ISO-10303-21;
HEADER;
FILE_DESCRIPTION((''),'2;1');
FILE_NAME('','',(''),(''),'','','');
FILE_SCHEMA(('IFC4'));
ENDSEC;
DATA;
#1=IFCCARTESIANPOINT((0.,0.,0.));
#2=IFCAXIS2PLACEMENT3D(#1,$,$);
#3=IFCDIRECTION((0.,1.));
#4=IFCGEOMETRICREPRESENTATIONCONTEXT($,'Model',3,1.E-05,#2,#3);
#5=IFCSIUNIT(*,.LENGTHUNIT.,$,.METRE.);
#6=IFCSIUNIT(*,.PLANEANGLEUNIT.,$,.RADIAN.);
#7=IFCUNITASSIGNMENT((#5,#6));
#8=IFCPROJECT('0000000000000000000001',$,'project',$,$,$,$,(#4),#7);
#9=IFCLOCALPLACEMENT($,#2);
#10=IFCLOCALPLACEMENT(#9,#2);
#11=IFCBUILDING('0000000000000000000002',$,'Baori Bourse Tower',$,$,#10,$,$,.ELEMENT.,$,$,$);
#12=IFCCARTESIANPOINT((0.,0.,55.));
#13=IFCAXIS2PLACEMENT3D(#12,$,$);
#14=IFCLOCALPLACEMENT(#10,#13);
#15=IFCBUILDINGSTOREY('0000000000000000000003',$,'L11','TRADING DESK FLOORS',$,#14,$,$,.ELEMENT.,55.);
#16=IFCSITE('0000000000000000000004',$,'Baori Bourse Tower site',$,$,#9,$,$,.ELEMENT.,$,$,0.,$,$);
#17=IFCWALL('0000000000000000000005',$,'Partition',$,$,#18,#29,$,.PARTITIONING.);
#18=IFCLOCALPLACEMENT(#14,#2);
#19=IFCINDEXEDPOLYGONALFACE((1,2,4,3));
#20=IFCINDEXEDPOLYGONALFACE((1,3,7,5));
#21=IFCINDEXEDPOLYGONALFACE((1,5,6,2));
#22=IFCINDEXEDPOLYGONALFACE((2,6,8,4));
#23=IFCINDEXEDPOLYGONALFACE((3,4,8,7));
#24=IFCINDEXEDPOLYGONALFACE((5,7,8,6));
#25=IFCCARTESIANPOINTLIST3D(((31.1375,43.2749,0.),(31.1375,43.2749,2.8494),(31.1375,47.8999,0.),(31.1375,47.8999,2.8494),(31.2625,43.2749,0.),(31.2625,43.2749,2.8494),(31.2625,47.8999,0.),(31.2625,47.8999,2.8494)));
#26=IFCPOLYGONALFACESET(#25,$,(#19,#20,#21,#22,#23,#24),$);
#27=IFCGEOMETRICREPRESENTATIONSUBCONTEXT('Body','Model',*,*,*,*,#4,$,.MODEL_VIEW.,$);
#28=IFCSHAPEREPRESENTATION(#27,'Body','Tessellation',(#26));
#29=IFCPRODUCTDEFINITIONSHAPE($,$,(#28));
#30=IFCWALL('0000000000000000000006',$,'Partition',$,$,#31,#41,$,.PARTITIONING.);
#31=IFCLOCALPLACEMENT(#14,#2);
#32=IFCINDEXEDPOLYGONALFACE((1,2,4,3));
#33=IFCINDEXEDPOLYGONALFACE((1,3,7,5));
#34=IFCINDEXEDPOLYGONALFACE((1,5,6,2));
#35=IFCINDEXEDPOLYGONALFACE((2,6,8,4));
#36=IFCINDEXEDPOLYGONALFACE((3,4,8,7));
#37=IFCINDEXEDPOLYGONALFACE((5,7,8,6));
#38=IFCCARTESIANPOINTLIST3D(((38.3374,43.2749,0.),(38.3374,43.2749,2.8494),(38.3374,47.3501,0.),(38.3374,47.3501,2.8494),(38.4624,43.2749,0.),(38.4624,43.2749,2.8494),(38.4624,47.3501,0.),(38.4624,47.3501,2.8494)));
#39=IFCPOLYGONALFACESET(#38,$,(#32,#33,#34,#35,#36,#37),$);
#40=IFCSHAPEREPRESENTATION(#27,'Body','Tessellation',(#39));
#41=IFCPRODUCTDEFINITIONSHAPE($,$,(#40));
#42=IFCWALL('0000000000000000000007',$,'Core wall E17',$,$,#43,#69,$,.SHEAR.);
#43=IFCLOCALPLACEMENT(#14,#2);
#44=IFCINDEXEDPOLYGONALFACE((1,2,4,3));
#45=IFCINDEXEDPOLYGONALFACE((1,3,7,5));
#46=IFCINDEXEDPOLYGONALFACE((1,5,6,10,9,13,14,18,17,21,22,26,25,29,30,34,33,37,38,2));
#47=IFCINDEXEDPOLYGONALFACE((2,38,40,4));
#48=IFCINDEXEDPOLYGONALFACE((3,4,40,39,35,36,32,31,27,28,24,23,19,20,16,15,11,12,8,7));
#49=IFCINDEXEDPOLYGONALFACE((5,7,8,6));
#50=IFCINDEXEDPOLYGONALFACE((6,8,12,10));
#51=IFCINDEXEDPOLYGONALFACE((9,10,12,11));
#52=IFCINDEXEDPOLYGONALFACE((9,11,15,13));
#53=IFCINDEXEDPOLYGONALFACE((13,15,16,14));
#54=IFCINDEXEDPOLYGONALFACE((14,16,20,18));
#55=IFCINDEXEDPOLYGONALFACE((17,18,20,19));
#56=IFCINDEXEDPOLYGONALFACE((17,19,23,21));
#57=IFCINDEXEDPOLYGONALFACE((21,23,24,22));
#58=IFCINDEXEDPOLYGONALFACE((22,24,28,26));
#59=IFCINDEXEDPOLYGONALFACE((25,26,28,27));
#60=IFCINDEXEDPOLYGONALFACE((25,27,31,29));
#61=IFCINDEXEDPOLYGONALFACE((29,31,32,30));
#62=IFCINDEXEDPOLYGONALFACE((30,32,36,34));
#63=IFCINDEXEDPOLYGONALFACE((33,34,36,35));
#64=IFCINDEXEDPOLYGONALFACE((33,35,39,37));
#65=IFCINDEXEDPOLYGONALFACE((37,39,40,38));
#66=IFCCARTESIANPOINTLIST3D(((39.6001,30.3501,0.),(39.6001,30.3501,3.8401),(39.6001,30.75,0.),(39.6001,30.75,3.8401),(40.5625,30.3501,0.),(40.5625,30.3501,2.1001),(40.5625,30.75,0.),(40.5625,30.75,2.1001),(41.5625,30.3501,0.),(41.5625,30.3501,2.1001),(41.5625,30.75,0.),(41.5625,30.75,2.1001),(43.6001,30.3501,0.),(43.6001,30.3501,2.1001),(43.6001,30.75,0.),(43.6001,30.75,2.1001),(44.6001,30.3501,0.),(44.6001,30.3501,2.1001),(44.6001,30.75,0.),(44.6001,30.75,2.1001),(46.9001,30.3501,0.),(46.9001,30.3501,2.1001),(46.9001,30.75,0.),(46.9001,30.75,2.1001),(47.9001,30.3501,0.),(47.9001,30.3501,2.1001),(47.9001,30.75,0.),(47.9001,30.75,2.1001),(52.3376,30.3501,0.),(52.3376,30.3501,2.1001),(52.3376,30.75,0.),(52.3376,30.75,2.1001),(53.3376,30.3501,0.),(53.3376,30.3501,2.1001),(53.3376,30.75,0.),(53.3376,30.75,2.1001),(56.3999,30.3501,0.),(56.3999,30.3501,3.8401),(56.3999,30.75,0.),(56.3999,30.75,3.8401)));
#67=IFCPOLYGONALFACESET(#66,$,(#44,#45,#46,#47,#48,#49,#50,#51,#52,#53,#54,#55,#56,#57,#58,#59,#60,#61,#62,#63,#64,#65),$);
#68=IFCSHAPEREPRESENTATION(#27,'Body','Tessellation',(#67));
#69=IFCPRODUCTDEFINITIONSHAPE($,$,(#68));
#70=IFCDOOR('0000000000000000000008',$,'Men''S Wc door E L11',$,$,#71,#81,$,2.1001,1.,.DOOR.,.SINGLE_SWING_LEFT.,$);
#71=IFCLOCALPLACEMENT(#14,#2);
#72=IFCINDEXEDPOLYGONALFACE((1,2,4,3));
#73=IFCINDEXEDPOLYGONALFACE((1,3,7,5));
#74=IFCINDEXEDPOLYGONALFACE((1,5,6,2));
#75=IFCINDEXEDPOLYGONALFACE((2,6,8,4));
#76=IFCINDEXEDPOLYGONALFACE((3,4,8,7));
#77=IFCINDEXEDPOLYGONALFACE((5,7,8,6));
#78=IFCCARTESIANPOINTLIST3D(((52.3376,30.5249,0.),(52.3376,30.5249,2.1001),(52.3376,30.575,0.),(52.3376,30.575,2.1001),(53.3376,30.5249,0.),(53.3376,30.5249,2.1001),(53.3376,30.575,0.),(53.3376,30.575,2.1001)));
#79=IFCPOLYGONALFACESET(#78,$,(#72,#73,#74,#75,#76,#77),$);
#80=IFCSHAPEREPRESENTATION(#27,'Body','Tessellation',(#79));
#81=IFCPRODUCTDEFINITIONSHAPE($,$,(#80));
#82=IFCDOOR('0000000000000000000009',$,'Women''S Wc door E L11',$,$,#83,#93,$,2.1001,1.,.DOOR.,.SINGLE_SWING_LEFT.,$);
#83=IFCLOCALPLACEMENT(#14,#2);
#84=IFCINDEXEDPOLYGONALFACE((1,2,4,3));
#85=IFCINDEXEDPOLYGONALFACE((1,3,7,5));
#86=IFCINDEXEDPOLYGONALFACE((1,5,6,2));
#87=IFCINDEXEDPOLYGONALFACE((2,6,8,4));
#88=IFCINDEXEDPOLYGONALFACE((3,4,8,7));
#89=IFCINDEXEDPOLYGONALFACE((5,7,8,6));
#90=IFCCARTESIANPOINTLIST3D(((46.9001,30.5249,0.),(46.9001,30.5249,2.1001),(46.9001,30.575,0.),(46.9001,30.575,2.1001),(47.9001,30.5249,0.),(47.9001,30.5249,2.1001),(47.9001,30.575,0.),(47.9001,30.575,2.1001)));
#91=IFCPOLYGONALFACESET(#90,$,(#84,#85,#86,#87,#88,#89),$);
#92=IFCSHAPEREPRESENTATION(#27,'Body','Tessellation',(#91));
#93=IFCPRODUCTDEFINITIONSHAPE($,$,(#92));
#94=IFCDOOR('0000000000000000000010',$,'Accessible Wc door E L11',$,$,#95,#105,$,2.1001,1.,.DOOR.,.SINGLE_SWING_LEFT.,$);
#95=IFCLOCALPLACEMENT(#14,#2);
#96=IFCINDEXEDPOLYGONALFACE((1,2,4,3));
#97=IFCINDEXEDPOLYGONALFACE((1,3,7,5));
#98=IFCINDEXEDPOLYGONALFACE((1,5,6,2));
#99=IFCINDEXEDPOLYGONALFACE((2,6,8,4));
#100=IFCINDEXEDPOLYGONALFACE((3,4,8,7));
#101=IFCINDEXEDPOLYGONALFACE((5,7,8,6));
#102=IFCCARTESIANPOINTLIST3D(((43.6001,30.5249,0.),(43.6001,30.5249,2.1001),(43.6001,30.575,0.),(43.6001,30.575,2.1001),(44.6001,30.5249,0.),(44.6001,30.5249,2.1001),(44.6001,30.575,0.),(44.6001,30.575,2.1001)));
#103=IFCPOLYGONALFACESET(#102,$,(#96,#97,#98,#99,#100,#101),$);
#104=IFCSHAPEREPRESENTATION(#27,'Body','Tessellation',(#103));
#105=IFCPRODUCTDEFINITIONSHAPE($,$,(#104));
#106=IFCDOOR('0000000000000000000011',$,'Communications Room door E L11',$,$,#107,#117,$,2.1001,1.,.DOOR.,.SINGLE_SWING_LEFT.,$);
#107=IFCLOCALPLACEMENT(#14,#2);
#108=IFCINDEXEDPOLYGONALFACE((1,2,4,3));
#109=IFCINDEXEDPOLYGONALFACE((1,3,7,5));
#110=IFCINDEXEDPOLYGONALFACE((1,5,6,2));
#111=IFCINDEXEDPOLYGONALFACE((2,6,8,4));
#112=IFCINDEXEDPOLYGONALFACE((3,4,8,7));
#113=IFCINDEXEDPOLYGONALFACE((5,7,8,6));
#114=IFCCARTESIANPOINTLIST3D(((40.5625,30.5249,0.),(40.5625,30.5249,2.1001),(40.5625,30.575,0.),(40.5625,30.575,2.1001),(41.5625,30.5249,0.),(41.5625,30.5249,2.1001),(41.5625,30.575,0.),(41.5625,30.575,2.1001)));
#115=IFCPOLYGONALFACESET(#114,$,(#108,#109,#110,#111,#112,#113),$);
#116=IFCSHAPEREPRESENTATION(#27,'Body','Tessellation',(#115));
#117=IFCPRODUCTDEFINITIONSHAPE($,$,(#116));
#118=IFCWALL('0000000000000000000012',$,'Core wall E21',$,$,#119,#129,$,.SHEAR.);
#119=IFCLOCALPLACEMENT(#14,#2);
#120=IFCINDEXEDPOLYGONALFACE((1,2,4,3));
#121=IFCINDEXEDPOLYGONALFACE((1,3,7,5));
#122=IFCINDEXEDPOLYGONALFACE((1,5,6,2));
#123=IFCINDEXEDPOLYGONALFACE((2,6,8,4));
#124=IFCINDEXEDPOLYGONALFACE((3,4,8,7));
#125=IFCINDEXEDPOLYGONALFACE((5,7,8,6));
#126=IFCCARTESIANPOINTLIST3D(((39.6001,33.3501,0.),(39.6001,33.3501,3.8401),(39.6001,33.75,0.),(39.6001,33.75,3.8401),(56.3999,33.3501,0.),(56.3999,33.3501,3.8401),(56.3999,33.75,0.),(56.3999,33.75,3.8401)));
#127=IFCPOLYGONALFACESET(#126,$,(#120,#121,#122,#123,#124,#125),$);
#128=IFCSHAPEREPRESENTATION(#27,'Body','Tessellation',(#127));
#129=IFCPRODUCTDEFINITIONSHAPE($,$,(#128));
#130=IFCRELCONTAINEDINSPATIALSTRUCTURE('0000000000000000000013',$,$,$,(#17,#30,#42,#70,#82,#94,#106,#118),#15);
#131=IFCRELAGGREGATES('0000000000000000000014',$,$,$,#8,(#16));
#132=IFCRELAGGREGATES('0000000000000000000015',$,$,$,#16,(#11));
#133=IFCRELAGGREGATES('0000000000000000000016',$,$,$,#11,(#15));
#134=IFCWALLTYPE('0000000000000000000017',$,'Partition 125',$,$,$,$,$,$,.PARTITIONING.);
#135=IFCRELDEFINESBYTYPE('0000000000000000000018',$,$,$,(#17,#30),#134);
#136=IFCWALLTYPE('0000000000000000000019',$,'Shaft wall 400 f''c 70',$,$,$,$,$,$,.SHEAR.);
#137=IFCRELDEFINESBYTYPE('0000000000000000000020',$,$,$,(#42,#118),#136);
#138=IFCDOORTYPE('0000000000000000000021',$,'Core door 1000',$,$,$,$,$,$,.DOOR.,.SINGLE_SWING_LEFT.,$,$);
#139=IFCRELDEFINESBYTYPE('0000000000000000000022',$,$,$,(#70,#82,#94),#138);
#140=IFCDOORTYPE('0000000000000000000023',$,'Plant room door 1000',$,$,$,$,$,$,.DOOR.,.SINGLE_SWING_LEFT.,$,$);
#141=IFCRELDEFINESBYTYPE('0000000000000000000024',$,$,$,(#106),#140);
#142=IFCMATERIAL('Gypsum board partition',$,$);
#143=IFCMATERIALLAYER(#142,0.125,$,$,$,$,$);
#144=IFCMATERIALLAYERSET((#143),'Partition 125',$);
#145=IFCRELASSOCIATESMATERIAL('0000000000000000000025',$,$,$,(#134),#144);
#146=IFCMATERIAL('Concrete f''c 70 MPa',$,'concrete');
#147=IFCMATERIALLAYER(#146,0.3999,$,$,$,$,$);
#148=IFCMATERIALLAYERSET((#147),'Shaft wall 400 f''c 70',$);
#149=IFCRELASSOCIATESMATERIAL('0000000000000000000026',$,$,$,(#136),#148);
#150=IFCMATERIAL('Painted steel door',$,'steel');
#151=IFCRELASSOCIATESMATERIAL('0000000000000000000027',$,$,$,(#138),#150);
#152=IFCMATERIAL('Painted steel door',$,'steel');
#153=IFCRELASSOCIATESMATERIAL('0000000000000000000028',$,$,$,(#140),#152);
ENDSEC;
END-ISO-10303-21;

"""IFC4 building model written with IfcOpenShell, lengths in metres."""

from ifc_helpers import new_model, si_unit, direction, frame, frame_2d, origin, place, context, subcontext, project, spatial, rectangle, extrude, material, layer, layer_set, type_object, element, fill, save


model = new_model("IFC4")

# Units and contexts
model_context = context("Model", 3, precision=1e-05, world=origin(), true_north=direction((0.0, 1.0)))
body_context = subcontext(model_context, "Body", "Model", "MODEL_VIEW")
ifc_project = project(units=[si_unit("LENGTHUNIT", "METRE"), si_unit("PLANEANGLEUNIT", "RADIAN")], contexts=[model_context])

# Site, building, storey
site_placement = place(None, origin())
site = spatial("IfcSite", under=ifc_project, at=site_placement, Name="Baori Bourse Tower site", CompositionType="ELEMENT", RefElevation=0.0)
building_placement = place(site_placement, origin())
building = spatial("IfcBuilding", under=site, at=building_placement, Name="Baori Bourse Tower", CompositionType="ELEMENT")
storey_placement = place(building_placement, frame((0.0, 0.0, 55.0)))
storey = spatial("IfcBuildingStorey", under=building, at=storey_placement, Name="L11", Description="TRADING DESK FLOORS", CompositionType="ELEMENT", Elevation=55.0)

# Walls
ifc_material_1 = material(Name="Gypsum board partition")
ifc_layer_1 = layer(ifc_material_1, 0.125)
ifc_layer_set_1 = layer_set([ifc_layer_1], Name="Partition 125")
wall_type_1 = type_object("IfcWallType", Name="Partition 125", PredefinedType="PARTITIONING", material=ifc_layer_set_1)
wall_1_placement = place(storey_placement, frame((31.2, 43.2749, 0.0), z_axis=(0.0, 0.0, 1.0), x_axis=(0.0, 1.0, 0.0)))
element("IfcWall", 1, at=wall_1_placement, inside=storey, type_object=wall_type_1, Name="Partition", PredefinedType="PARTITIONING", context=body_context, shape_type="SweptSolid", body=[
    extrude(rectangle(XDim=4.625, YDim=0.125, at=frame_2d((2.3125, 0.0))), origin(), (0.0, 0.0, 1.0), 2.8494),
])
wall_2_placement = place(storey_placement, frame((38.3999, 43.2749, 0.0), z_axis=(0.0, 0.0, 1.0), x_axis=(0.0, 1.0, 0.0)))
element("IfcWall", 2, at=wall_2_placement, inside=storey, type_object=wall_type_1, Name="Partition", PredefinedType="PARTITIONING", context=body_context, shape_type="SweptSolid", body=[
    extrude(rectangle(XDim=4.0752, YDim=0.125, at=frame_2d((2.0376, 0.0))), origin(), (0.0, 0.0, 1.0), 2.8494),
])

# Wall, openings, doors
ifc_material_2 = material(Name="Concrete f'c 70 MPa", Category="concrete")
ifc_layer_2 = layer(ifc_material_2, 0.3999)
ifc_layer_set_2 = layer_set([ifc_layer_2], Name="Shaft wall 400 f'c 70")
wall_type_2 = type_object("IfcWallType", Name="Shaft wall 400 f'c 70", PredefinedType="SHEAR", material=ifc_layer_set_2)
wall_3_placement = place(storey_placement, frame((39.6001, 30.55, 0.0), z_axis=(0.0, 0.0, 1.0), x_axis=(1.0, 0.0, 0.0)))
wall_3 = element("IfcWall", 3, at=wall_3_placement, inside=storey, type_object=wall_type_2, Name="Core wall E17", PredefinedType="SHEAR", context=body_context, shape_type="SweptSolid", body=[
    extrude(rectangle(XDim=16.7998, YDim=0.3999, at=frame_2d((8.3999, 0.0))), origin(), (0.0, 0.0, 1.0), 3.8401),
])
opening_1_placement = place(wall_3_placement, frame((12.7375, 0.0, 0.0)))
opening_1 = element("IfcOpeningElement", 4, at=opening_1_placement, cuts=wall_3, PredefinedType="OPENING", context=body_context, shape_type="SweptSolid", body=[
    extrude(rectangle(XDim=1.0, YDim=2.1001, at=frame_2d((0.5, 1.05))), frame((0.0, 0.21, 0.0), z_axis=(0.0, -1.0, 0.0), x_axis=(1.0, 0.0, 0.0)), (0.0, 0.0, 1.0), 0.4199),
])
opening_2_placement = place(wall_3_placement, frame((7.3, 0.0, 0.0)))
opening_2 = element("IfcOpeningElement", 5, at=opening_2_placement, cuts=wall_3, PredefinedType="OPENING", context=body_context, shape_type="SweptSolid", body=[
    extrude(rectangle(XDim=1.0, YDim=2.1001, at=frame_2d((0.5, 1.05))), frame((0.0, 0.21, 0.0), z_axis=(0.0, -1.0, 0.0), x_axis=(1.0, 0.0, 0.0)), (0.0, 0.0, 1.0), 0.4199),
])
opening_3_placement = place(wall_3_placement, frame((4.0, 0.0, 0.0)))
opening_3 = element("IfcOpeningElement", 6, at=opening_3_placement, cuts=wall_3, PredefinedType="OPENING", context=body_context, shape_type="SweptSolid", body=[
    extrude(rectangle(XDim=1.0, YDim=2.1001, at=frame_2d((0.5, 1.05))), frame((0.0, 0.21, 0.0), z_axis=(0.0, -1.0, 0.0), x_axis=(1.0, 0.0, 0.0)), (0.0, 0.0, 1.0), 0.4199),
])
opening_4_placement = place(wall_3_placement, frame((0.9624, 0.0, 0.0)))
opening_4 = element("IfcOpeningElement", 7, at=opening_4_placement, cuts=wall_3, PredefinedType="OPENING", context=body_context, shape_type="SweptSolid", body=[
    extrude(rectangle(XDim=1.0, YDim=2.1001, at=frame_2d((0.5, 1.05))), frame((0.0, 0.21, 0.0), z_axis=(0.0, -1.0, 0.0), x_axis=(1.0, 0.0, 0.0)), (0.0, 0.0, 1.0), 0.4199),
])
ifc_material_3 = material(Name="Painted steel door", Category="steel")
door_type_1 = type_object("IfcDoorType", Name="Core door 1000", OperationType="SINGLE_SWING_LEFT", PredefinedType="DOOR", material=ifc_material_3)
door_1_placement = place(opening_1_placement, origin())
door_1 = element("IfcDoor", 8, at=door_1_placement, inside=storey, type_object=door_type_1, Name="Men'S Wc door E L11", OperationType="SINGLE_SWING_LEFT", OverallHeight=2.1001, OverallWidth=1.0, PredefinedType="DOOR", context=body_context, shape_type="SweptSolid", body=[
    extrude(rectangle(XDim=1.0, YDim=2.1001, at=frame_2d((0.5, 1.05))), frame((0.0, 0.0249, 0.0), z_axis=(0.0, -1.0, 0.0), x_axis=(1.0, 0.0, 0.0)), (0.0, 0.0, 1.0), 0.05),
])
fill(opening_1, door_1)
door_2_placement = place(opening_2_placement, origin())
door_2 = element("IfcDoor", 9, at=door_2_placement, inside=storey, type_object=door_type_1, Name="Women'S Wc door E L11", OperationType="SINGLE_SWING_LEFT", OverallHeight=2.1001, OverallWidth=1.0, PredefinedType="DOOR", context=body_context, shape_type="SweptSolid", body=[
    extrude(rectangle(XDim=1.0, YDim=2.1001, at=frame_2d((0.5, 1.05))), frame((0.0, 0.0249, 0.0), z_axis=(0.0, -1.0, 0.0), x_axis=(1.0, 0.0, 0.0)), (0.0, 0.0, 1.0), 0.05),
])
fill(opening_2, door_2)
door_3_placement = place(opening_3_placement, origin())
door_3 = element("IfcDoor", 10, at=door_3_placement, inside=storey, type_object=door_type_1, Name="Accessible Wc door E L11", OperationType="SINGLE_SWING_LEFT", OverallHeight=2.1001, OverallWidth=1.0, PredefinedType="DOOR", context=body_context, shape_type="SweptSolid", body=[
    extrude(rectangle(XDim=1.0, YDim=2.1001, at=frame_2d((0.5, 1.05))), frame((0.0, 0.0249, 0.0), z_axis=(0.0, -1.0, 0.0), x_axis=(1.0, 0.0, 0.0)), (0.0, 0.0, 1.0), 0.05),
])
fill(opening_3, door_3)
ifc_material_4 = material(Name="Painted steel door", Category="steel")
door_type_2 = type_object("IfcDoorType", Name="Plant room door 1000", OperationType="SINGLE_SWING_LEFT", PredefinedType="DOOR", material=ifc_material_4)
door_4_placement = place(opening_4_placement, origin())
door_4 = element("IfcDoor", 11, at=door_4_placement, inside=storey, type_object=door_type_2, Name="Communications Room door E L11", OperationType="SINGLE_SWING_LEFT", OverallHeight=2.1001, OverallWidth=1.0, PredefinedType="DOOR", context=body_context, shape_type="SweptSolid", body=[
    extrude(rectangle(XDim=1.0, YDim=2.1001, at=frame_2d((0.5, 1.05))), frame((0.0, 0.0249, 0.0), z_axis=(0.0, -1.0, 0.0), x_axis=(1.0, 0.0, 0.0)), (0.0, 0.0, 1.0), 0.05),
])
fill(opening_4, door_4)

# Wall
wall_4_placement = place(storey_placement, frame((39.6001, 33.55, 0.0), z_axis=(0.0, 0.0, 1.0), x_axis=(1.0, 0.0, 0.0)))
element("IfcWall", 12, at=wall_4_placement, inside=storey, type_object=wall_type_2, Name="Core wall E21", PredefinedType="SHEAR", context=body_context, shape_type="SweptSolid", body=[
    extrude(rectangle(XDim=16.7998, YDim=0.3999, at=frame_2d((8.3999, 0.0))), origin(), (0.0, 0.0, 1.0), 3.8401),
])

save(model, "model.ifc")
